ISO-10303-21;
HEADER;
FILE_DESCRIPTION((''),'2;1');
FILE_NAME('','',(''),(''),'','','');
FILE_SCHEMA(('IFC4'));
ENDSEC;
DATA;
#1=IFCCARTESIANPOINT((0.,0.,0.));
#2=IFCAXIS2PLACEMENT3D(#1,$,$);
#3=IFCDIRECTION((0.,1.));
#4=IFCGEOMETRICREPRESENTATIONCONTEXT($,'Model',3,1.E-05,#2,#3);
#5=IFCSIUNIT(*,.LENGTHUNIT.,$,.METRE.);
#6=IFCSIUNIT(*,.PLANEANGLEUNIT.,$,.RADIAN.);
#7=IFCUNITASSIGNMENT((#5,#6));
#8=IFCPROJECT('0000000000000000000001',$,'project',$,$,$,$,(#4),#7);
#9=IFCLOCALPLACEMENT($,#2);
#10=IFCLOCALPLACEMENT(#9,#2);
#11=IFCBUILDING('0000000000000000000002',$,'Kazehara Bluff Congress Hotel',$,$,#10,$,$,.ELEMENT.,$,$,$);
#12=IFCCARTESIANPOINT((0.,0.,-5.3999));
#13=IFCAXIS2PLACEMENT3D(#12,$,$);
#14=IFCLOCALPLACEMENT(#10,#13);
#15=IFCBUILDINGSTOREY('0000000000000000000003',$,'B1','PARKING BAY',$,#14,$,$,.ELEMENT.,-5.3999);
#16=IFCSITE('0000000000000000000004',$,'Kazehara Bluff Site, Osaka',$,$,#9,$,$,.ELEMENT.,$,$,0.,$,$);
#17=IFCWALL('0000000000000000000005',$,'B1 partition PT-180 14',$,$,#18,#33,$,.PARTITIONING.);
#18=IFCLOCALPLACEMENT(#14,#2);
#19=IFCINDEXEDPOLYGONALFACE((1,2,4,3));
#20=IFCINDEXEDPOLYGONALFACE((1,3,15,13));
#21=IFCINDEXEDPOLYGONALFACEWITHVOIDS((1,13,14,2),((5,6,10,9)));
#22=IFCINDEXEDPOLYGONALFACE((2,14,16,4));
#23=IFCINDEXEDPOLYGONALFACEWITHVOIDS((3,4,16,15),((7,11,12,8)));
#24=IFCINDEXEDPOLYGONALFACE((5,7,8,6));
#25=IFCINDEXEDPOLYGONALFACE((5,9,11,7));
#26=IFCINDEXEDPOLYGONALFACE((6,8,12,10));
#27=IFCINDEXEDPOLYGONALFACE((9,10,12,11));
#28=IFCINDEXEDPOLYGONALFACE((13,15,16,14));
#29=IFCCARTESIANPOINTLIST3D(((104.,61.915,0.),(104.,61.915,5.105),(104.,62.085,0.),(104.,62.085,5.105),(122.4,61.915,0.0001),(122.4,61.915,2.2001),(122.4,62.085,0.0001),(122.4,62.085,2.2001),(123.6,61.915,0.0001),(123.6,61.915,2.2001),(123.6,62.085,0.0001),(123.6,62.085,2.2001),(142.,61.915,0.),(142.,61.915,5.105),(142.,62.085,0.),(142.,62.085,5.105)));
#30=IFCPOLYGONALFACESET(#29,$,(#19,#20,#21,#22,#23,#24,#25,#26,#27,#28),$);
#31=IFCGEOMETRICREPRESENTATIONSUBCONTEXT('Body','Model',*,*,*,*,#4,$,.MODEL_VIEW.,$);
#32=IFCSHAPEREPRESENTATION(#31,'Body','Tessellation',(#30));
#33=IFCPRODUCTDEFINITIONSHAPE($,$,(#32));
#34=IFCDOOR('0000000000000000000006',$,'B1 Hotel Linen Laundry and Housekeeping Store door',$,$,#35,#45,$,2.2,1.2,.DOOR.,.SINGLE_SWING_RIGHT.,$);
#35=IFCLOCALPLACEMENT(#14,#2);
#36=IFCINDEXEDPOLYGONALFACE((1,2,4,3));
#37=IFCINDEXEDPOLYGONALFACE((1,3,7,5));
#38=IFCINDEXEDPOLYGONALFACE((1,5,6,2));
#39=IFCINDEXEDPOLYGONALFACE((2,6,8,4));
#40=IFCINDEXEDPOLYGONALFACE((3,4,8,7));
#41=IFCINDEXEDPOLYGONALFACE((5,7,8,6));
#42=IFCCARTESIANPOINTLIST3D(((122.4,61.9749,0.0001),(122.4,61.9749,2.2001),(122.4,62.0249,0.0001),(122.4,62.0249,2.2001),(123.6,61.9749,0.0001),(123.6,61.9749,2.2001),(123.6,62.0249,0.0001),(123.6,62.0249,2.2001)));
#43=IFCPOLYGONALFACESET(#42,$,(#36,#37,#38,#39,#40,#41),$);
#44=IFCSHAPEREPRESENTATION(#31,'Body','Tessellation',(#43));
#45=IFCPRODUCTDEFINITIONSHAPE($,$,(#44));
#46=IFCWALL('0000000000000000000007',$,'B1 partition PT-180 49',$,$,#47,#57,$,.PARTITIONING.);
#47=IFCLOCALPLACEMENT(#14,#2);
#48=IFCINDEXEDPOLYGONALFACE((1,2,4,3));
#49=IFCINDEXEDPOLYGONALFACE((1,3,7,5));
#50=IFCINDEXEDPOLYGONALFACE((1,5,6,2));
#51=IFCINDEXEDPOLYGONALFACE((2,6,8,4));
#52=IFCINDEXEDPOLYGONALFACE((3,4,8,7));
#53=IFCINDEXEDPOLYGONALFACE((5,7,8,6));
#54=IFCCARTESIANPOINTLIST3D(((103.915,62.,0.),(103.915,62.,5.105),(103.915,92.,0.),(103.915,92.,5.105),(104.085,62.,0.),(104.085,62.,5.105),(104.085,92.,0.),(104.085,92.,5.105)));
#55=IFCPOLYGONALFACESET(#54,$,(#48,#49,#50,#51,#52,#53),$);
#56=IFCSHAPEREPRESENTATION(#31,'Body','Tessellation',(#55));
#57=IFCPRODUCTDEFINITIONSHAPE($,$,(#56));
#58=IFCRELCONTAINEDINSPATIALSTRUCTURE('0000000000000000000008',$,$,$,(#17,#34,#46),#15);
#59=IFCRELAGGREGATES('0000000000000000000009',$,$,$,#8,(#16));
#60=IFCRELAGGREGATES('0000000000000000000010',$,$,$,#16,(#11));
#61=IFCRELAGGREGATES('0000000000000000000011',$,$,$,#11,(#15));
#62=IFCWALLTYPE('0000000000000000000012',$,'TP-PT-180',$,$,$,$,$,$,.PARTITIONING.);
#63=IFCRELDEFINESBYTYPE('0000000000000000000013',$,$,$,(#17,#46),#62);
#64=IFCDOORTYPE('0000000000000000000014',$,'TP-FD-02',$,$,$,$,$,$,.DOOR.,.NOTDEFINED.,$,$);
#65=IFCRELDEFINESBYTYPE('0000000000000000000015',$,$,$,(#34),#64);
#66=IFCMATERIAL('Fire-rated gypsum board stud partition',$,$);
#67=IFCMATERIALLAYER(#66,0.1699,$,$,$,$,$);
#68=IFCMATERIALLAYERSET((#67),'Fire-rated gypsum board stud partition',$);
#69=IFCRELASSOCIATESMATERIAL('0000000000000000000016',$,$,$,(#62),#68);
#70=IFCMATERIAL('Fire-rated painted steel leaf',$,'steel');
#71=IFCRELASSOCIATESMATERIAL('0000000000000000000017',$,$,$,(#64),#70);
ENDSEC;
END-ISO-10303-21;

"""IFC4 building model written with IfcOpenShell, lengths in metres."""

from ifc_helpers import new_model, si_unit, direction, frame, frame_2d, origin, place, context, subcontext, project, spatial, rectangle, extrude, material, layer, layer_set, type_object, element, fill, save


model = new_model("IFC4")

# Units and contexts
model_context = context("Model", 3, precision=1e-05, world=origin(), true_north=direction((0.0, 1.0)))
body_context = subcontext(model_context, "Body", "Model", "MODEL_VIEW")
ifc_project = project(units=[si_unit("LENGTHUNIT", "METRE"), si_unit("PLANEANGLEUNIT", "RADIAN")], contexts=[model_context])

# Site, building, storey
site_placement = place(None, origin())
site = spatial("IfcSite", under=ifc_project, at=site_placement, Name="Kazehara Bluff Site, Osaka", CompositionType="ELEMENT", RefElevation=0.0)
building_placement = place(site_placement, origin())
building = spatial("IfcBuilding", under=site, at=building_placement, Name="Kazehara Bluff Congress Hotel", CompositionType="ELEMENT")
storey_placement = place(building_placement, frame((0.0, 0.0, -5.3999)))
storey = spatial("IfcBuildingStorey", under=building, at=storey_placement, Name="B1", Description="PARKING BAY", CompositionType="ELEMENT", Elevation=-5.3999)

# Wall, opening, door
ifc_material_1 = material(Name="Fire-rated gypsum board stud partition")
ifc_layer_1 = layer(ifc_material_1, 0.1699)
ifc_layer_set_1 = layer_set([ifc_layer_1], Name="Fire-rated gypsum board stud partition")
wall_type = type_object("IfcWallType", Name="TP-PT-180", PredefinedType="PARTITIONING", material=ifc_layer_set_1)
wall_1_placement = place(storey_placement, frame((104.0, 62.0, 0.0), z_axis=(0.0, 0.0, 1.0), x_axis=(1.0, 0.0, 0.0)))
wall_1 = element("IfcWall", 1, at=wall_1_placement, inside=storey, type_object=wall_type, Name="B1 partition PT-180 14", PredefinedType="PARTITIONING", context=body_context, shape_type="SweptSolid", body=[
    extrude(rectangle(XDim=38.0, YDim=0.1699, at=frame_2d((19.0, 0.0))), origin(), (0.0, 0.0, 1.0), 5.105),
])
opening_placement = place(wall_1_placement, frame((18.3999, 0.0, 0.0)))
opening = element("IfcOpeningElement", 2, at=opening_placement, cuts=wall_1, PredefinedType="OPENING", context=body_context, shape_type="SweptSolid", body=[
    extrude(rectangle(XDim=1.2, YDim=2.2, at=frame_2d((0.6001, 1.1001))), frame((0.0, 0.095, 0.0), z_axis=(0.0, -1.0, 0.0), x_axis=(1.0, 0.0, 0.0)), (0.0, 0.0, 1.0), 0.1899),
])
ifc_material_2 = material(Name="Fire-rated painted steel leaf", Category="steel")
door_type = type_object("IfcDoorType", Name="TP-FD-02", OperationType="NOTDEFINED", PredefinedType="DOOR", material=ifc_material_2)
door_placement = place(opening_placement, origin())
door = element("IfcDoor", 3, at=door_placement, inside=storey, type_object=door_type, Name="B1 Hotel Linen Laundry and Housekeeping Store door", OperationType="SINGLE_SWING_RIGHT", OverallHeight=2.2, OverallWidth=1.2, PredefinedType="DOOR", context=body_context, shape_type="SweptSolid", body=[
    extrude(rectangle(XDim=1.2, YDim=2.2, at=frame_2d((0.6001, 1.1001))), frame((0.0, 0.0249, 0.0), z_axis=(0.0, -1.0, 0.0), x_axis=(1.0, 0.0, 0.0)), (0.0, 0.0, 1.0), 0.05),
])
fill(opening, door)

# Wall
wall_2_placement = place(storey_placement, frame((104.0, 62.0, 0.0), z_axis=(0.0, 0.0, 1.0), x_axis=(0.0, 1.0, 0.0)))
element("IfcWall", 4, at=wall_2_placement, inside=storey, type_object=wall_type, Name="B1 partition PT-180 49", PredefinedType="PARTITIONING", context=body_context, shape_type="SweptSolid", body=[
    extrude(rectangle(XDim=30.0, YDim=0.1699, at=frame_2d((15.0, 0.0))), origin(), (0.0, 0.0, 1.0), 5.105),
])

save(model, "model.ifc")
